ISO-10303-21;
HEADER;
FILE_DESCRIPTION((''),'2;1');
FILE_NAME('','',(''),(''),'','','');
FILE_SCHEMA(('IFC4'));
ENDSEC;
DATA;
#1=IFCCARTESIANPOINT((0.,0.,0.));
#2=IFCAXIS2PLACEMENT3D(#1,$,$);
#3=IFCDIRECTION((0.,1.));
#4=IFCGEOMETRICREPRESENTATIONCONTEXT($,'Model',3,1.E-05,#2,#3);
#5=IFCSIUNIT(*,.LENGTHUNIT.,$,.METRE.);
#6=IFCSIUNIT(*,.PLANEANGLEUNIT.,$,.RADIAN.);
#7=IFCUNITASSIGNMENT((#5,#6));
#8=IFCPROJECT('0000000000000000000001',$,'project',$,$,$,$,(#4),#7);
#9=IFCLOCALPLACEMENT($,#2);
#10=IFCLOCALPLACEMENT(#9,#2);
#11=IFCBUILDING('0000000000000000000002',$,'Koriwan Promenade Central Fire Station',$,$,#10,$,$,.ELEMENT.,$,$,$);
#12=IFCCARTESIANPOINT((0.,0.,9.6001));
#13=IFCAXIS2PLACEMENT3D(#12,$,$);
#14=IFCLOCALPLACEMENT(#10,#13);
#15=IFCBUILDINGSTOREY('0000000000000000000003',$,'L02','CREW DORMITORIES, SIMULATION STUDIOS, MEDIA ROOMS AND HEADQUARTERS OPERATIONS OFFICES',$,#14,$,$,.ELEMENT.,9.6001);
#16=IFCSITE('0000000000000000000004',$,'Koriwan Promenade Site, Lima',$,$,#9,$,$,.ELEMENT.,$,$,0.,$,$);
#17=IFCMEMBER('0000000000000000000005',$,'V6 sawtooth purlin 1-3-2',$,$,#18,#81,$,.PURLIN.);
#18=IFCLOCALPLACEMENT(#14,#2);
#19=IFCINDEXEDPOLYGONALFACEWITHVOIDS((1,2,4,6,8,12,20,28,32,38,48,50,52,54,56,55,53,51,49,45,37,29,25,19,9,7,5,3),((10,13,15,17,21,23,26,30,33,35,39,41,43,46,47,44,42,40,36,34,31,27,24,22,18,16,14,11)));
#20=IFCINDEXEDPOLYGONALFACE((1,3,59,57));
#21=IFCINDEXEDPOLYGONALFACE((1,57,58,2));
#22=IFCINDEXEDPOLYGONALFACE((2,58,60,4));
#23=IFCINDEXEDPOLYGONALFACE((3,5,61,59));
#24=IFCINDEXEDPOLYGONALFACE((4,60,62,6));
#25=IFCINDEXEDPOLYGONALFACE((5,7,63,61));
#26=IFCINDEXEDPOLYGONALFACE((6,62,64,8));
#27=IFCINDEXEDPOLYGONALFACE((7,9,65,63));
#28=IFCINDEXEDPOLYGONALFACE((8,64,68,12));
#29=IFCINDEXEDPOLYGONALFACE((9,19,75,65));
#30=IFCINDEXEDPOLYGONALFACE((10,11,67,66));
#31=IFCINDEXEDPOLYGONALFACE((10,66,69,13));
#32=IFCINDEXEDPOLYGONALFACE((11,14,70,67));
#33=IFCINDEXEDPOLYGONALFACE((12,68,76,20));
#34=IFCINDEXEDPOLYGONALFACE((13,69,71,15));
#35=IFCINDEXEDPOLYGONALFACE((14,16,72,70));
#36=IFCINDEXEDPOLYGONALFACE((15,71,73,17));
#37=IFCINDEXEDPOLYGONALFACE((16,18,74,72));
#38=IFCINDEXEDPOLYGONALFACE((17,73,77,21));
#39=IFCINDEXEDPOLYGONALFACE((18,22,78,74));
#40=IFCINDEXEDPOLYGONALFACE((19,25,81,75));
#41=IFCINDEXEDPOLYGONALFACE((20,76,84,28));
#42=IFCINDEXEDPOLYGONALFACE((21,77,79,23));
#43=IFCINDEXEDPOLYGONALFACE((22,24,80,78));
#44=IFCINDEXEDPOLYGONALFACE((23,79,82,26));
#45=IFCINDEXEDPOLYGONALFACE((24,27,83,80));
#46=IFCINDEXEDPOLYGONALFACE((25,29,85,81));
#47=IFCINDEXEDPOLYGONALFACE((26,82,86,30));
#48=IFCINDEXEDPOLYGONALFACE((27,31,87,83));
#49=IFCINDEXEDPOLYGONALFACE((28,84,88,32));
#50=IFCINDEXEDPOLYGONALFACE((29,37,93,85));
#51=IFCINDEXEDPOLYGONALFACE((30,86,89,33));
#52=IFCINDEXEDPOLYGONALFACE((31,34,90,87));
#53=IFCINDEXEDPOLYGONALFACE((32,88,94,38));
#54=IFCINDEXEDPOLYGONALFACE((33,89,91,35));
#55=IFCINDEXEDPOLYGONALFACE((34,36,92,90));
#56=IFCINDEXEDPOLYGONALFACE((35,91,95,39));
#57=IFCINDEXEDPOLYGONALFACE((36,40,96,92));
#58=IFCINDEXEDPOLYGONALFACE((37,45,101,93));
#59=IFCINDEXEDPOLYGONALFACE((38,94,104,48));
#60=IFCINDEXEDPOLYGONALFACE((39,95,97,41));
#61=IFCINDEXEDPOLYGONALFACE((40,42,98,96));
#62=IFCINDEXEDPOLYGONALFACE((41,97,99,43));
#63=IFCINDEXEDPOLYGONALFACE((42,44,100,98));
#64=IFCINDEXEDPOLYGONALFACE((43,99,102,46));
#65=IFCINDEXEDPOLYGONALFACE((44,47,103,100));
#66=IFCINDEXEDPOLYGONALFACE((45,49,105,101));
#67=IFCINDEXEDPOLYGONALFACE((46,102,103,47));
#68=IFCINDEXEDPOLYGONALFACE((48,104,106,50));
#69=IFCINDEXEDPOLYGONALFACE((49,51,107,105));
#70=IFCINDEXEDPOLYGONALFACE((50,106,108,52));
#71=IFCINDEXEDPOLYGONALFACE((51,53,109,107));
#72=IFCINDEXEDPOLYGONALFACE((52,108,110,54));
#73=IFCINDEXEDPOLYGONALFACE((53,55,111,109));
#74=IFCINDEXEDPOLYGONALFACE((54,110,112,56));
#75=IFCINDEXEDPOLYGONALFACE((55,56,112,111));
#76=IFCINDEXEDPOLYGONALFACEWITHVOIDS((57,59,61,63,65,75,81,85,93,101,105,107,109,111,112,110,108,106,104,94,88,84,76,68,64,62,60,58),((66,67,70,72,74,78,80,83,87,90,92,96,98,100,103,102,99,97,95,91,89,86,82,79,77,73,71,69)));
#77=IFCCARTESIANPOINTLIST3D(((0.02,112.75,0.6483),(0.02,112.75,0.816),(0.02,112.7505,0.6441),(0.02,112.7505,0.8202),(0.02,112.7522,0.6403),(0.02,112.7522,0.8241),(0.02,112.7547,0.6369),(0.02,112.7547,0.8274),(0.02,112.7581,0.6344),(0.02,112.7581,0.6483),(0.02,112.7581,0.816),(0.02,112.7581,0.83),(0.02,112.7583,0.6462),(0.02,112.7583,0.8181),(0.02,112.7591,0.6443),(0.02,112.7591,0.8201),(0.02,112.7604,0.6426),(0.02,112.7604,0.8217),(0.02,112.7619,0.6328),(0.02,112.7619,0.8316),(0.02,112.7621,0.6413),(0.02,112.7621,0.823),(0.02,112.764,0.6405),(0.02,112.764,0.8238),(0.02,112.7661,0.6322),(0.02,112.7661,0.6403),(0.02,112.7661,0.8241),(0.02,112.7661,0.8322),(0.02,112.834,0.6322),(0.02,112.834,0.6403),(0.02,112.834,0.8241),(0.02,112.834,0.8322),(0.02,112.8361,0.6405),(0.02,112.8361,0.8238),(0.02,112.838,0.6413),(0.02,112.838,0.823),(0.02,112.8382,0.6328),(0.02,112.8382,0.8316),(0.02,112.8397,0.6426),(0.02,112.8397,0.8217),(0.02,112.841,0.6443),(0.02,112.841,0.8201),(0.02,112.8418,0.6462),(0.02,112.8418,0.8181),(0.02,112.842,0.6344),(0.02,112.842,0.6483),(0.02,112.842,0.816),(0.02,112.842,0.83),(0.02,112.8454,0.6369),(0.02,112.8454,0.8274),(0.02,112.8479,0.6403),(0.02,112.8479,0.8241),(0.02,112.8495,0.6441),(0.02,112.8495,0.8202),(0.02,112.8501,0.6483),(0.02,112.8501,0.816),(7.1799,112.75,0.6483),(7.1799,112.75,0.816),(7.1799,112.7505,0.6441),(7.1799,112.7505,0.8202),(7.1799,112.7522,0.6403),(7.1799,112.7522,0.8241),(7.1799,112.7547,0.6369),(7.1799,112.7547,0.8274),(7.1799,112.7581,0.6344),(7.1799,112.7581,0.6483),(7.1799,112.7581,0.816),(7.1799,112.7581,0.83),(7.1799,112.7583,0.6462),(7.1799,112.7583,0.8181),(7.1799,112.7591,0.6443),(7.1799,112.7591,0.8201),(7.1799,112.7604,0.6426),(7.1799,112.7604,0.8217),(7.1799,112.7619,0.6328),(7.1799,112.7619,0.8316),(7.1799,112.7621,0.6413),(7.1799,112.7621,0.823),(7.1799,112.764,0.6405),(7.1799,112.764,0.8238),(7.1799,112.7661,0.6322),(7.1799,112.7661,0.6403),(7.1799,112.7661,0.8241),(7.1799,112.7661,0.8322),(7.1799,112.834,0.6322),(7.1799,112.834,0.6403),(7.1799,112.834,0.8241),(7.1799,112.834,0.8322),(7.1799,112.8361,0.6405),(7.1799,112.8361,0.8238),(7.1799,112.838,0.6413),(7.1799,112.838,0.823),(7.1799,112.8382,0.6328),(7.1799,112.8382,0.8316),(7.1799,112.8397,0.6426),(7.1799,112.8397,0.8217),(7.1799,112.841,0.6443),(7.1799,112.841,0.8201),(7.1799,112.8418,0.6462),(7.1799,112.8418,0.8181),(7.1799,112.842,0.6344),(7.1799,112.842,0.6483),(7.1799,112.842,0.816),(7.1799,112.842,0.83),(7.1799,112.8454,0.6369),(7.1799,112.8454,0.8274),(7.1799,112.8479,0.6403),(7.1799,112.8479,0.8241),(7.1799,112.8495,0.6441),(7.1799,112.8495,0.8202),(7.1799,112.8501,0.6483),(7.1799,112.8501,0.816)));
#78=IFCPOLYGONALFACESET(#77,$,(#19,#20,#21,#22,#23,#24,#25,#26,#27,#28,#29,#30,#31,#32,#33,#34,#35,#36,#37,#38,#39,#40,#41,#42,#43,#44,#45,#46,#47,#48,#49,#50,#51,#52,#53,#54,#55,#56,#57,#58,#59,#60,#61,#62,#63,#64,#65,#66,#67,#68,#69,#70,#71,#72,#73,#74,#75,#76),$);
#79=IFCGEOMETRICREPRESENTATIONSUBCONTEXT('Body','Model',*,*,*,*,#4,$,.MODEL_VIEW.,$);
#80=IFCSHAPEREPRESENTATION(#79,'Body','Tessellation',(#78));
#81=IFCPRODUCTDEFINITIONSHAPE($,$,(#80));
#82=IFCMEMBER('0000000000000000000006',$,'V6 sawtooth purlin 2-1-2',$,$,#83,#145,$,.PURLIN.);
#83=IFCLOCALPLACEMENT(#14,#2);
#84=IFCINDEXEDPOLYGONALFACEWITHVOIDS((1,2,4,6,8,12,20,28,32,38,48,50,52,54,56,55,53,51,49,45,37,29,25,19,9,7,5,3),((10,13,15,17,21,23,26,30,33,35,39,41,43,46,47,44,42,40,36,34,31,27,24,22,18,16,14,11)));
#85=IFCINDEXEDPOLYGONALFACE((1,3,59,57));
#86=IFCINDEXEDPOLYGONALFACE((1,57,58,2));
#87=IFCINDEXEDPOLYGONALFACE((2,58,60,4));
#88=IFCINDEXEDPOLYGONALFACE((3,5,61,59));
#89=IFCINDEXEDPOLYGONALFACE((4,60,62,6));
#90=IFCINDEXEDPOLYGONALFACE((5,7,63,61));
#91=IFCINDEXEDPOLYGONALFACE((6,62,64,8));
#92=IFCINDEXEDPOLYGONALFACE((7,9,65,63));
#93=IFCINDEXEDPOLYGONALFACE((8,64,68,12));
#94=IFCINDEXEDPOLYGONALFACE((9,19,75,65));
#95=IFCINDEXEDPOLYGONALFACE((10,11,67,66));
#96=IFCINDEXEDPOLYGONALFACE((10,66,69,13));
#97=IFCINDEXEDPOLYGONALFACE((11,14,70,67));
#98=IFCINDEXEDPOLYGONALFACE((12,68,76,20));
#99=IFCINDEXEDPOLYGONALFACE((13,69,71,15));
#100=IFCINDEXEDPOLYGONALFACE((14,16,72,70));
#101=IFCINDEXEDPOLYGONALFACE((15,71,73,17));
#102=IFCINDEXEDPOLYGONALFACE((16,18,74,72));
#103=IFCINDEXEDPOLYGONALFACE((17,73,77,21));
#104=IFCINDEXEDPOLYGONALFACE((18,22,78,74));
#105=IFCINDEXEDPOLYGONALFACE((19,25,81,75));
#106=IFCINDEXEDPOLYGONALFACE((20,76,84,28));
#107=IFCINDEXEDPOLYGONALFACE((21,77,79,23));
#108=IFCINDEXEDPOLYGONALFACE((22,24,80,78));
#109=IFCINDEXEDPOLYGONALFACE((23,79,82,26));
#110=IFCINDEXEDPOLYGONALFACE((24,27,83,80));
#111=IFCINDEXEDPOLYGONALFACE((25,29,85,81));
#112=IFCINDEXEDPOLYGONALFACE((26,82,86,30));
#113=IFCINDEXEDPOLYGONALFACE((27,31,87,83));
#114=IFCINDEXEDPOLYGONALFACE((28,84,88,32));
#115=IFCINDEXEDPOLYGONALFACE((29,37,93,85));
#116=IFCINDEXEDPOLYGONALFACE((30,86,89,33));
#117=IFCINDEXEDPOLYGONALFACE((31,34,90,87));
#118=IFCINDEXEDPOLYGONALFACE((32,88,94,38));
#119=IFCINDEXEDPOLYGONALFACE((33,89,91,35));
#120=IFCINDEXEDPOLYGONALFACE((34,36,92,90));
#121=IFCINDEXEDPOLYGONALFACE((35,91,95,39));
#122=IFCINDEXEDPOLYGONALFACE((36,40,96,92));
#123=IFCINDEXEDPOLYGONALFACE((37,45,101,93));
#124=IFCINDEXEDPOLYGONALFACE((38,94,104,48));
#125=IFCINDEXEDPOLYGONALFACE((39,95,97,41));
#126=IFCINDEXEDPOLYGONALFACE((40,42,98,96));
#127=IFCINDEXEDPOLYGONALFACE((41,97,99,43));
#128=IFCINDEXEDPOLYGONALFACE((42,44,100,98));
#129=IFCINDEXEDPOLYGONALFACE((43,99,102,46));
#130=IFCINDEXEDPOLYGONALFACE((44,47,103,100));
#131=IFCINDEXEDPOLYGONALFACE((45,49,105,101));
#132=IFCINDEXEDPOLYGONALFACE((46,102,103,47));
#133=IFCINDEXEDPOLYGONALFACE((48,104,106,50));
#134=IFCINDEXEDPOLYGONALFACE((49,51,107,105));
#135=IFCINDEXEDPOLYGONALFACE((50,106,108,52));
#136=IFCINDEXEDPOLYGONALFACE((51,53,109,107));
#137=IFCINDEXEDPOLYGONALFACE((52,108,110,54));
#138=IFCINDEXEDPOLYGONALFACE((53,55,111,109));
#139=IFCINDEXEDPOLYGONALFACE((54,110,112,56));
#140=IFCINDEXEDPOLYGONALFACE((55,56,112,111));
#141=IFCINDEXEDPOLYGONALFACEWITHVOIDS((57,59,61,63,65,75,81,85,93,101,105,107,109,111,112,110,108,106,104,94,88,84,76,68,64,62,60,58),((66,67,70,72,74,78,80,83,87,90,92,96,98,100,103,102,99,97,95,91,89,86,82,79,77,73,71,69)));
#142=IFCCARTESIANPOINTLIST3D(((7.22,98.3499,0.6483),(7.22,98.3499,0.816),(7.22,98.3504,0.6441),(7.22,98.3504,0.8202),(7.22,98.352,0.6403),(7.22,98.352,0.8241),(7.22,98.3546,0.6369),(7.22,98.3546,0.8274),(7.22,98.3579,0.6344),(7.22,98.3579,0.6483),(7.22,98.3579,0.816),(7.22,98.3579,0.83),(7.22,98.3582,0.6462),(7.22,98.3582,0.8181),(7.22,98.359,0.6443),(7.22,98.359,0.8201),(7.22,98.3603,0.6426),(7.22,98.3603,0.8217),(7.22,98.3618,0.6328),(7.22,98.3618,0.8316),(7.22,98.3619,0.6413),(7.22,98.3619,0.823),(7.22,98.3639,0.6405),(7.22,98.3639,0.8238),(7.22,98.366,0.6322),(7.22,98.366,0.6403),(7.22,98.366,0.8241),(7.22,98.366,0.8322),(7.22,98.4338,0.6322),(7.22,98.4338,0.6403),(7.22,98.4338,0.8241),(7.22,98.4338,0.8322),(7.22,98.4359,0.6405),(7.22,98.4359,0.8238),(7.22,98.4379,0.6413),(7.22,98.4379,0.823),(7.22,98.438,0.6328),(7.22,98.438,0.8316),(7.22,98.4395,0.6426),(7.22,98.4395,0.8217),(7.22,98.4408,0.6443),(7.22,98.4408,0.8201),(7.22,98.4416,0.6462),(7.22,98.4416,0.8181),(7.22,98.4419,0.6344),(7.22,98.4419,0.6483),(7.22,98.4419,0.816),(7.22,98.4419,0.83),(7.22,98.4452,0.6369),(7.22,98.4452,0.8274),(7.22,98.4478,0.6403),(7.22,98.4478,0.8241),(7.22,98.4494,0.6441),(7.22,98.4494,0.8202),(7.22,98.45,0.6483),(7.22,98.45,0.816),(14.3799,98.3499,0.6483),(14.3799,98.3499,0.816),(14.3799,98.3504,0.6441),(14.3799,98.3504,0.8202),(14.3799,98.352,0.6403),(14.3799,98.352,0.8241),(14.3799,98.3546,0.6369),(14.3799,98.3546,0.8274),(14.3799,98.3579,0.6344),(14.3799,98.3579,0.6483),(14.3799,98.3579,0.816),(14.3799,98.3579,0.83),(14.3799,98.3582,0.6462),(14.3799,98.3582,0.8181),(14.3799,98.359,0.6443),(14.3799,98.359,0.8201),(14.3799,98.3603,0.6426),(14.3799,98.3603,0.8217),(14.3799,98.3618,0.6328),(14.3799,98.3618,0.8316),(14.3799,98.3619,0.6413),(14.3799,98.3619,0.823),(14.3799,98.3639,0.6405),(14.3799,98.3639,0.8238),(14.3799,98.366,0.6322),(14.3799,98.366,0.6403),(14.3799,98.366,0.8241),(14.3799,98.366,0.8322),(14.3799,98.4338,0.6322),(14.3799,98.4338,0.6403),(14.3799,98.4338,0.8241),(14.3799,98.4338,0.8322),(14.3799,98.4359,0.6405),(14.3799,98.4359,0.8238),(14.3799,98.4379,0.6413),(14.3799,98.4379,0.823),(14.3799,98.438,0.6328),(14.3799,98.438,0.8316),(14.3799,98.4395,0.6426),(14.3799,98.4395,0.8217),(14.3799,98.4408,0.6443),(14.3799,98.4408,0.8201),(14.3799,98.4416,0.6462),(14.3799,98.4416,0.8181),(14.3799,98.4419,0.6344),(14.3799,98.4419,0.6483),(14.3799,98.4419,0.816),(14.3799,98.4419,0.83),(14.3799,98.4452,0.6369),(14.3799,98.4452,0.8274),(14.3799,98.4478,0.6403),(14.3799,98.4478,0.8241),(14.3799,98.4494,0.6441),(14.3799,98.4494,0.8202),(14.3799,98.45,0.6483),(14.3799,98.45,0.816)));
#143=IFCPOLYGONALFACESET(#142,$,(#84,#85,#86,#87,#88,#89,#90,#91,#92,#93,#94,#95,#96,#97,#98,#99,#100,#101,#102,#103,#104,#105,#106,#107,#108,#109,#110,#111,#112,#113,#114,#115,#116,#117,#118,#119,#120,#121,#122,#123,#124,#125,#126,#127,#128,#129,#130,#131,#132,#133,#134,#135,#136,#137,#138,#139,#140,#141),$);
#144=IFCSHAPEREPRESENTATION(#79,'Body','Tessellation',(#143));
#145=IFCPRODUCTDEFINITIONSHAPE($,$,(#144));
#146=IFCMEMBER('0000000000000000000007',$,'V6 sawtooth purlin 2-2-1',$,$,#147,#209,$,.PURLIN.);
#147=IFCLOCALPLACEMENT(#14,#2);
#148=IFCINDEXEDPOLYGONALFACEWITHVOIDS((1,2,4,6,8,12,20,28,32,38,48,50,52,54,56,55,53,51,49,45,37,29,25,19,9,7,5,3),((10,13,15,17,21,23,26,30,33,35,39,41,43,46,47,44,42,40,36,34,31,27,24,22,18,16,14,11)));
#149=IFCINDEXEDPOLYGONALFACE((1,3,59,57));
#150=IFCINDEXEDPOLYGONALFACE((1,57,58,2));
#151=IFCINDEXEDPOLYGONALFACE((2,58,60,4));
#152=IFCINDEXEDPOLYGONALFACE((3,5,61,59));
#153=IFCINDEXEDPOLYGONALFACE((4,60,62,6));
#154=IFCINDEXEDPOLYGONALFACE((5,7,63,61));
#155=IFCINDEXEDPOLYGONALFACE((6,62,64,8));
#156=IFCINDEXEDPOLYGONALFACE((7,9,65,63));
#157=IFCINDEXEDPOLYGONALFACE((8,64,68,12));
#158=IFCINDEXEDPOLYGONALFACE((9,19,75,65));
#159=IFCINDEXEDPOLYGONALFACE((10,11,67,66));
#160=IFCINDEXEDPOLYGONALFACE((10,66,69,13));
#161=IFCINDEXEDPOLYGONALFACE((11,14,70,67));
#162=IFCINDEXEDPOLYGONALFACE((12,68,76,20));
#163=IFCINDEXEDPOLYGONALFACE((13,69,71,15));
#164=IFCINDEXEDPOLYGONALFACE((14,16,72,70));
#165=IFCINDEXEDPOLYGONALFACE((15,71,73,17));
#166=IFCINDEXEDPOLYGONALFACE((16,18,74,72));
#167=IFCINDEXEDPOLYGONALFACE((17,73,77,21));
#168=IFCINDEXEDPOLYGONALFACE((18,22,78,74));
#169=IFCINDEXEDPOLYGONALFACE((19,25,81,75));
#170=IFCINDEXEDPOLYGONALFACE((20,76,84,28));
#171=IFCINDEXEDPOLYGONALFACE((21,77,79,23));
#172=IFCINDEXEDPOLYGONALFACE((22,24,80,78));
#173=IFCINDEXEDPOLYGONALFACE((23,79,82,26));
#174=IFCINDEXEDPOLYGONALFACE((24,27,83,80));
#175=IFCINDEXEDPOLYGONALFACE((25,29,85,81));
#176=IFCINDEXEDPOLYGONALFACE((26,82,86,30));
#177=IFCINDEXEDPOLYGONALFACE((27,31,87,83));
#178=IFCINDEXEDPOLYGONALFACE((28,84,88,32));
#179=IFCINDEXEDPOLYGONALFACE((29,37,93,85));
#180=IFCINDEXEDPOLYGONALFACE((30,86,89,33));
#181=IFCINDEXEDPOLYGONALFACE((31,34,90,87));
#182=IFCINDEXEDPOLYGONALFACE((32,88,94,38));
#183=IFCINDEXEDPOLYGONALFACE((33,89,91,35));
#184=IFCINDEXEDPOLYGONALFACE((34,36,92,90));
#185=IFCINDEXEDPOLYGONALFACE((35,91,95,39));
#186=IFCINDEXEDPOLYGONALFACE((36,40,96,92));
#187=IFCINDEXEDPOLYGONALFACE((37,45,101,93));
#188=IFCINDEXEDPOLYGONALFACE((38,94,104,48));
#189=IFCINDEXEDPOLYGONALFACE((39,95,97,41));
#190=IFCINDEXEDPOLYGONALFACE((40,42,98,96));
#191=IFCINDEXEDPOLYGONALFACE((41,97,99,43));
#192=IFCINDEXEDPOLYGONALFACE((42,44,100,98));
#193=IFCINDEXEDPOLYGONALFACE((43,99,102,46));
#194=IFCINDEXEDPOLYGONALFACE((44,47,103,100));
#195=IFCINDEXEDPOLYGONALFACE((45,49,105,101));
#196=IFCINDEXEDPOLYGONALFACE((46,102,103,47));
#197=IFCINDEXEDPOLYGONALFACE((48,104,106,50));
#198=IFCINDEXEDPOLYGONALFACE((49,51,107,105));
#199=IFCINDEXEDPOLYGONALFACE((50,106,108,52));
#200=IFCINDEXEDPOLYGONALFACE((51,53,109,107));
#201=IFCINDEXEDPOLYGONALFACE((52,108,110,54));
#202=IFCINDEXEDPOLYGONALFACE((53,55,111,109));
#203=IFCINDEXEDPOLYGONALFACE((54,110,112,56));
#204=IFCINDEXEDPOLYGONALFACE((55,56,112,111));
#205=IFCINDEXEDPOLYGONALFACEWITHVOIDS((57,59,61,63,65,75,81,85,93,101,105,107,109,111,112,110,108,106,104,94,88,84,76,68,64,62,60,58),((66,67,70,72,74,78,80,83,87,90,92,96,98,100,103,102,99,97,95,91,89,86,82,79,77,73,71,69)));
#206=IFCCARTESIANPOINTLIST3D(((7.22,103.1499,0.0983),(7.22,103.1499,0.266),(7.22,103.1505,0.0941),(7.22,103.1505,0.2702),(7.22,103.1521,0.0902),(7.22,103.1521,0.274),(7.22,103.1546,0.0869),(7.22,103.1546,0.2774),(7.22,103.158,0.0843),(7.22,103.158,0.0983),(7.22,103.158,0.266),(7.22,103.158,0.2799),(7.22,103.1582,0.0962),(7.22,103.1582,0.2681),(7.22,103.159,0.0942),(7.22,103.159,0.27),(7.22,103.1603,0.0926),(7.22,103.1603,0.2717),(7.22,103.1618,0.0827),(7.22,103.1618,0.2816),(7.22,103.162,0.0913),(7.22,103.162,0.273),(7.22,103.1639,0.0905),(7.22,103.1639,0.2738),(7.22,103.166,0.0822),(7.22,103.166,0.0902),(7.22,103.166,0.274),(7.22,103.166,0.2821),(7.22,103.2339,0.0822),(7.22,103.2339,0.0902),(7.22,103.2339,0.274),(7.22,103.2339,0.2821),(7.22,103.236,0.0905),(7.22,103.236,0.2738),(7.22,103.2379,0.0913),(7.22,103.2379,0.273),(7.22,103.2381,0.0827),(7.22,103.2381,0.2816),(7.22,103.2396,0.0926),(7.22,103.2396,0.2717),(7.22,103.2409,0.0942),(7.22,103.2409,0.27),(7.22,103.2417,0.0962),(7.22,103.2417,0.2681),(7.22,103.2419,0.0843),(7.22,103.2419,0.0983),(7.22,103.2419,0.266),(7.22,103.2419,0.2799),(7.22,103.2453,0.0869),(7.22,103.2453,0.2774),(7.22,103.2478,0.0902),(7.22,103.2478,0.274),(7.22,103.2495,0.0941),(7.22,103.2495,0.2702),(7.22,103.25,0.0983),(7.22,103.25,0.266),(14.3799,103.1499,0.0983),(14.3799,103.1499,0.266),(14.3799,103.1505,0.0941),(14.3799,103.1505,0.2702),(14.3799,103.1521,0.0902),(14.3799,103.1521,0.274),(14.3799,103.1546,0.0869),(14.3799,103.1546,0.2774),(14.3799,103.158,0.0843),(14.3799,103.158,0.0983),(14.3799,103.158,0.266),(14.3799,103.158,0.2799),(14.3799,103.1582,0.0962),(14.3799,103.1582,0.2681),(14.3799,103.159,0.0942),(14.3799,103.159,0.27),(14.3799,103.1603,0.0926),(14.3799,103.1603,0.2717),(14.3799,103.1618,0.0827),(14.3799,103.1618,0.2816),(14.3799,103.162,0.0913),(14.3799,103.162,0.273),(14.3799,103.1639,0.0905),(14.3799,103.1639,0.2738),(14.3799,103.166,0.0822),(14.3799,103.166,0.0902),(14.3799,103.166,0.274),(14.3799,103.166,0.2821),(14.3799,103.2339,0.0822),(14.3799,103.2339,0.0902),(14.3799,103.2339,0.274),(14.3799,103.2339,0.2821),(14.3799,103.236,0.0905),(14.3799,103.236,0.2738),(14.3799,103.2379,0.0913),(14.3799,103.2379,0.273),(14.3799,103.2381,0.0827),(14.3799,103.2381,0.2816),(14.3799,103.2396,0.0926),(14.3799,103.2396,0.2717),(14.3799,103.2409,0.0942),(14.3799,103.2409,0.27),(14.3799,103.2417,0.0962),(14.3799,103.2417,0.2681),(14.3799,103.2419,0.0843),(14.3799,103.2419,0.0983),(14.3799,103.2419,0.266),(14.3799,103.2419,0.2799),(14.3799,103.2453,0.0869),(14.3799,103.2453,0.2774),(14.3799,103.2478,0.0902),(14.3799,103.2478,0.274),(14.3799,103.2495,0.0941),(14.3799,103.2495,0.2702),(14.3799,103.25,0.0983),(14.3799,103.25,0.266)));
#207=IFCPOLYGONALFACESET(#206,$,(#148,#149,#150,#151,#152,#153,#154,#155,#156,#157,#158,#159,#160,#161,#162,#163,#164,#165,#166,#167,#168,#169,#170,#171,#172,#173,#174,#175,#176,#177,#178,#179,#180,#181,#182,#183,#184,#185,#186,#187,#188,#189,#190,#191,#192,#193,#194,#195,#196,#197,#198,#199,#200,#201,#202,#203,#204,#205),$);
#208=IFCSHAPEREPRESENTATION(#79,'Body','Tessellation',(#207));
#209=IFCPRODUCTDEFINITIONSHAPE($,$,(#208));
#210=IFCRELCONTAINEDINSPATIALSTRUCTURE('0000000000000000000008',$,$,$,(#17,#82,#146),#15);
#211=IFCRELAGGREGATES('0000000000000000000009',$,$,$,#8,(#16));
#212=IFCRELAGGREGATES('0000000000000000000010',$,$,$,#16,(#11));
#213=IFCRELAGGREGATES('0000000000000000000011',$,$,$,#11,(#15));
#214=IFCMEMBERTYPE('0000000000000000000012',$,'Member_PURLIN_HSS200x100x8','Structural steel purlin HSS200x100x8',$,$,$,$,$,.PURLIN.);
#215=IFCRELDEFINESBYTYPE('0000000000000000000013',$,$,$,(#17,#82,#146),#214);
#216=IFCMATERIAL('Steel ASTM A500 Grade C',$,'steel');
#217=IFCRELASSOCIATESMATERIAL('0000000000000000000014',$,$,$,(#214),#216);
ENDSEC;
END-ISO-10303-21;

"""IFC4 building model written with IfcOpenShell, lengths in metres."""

from ifc_helpers import new_model, si_unit, direction, frame, origin, origin_2d, place, context, subcontext, project, spatial, hollow_rectangle, extrude, material, material_profile, profile_set, type_object, element, save


model = new_model("IFC4")

# Units and contexts
model_context = context("Model", 3, precision=1e-05, world=origin(), true_north=direction((0.0, 1.0)))
body_context = subcontext(model_context, "Body", "Model", "MODEL_VIEW")
ifc_project = project(units=[si_unit("LENGTHUNIT", "METRE"), si_unit("PLANEANGLEUNIT", "RADIAN")], contexts=[model_context])

# Site, building, storey
site_placement = place(None, origin())
site = spatial("IfcSite", under=ifc_project, at=site_placement, Name="Koriwan Promenade Site, Lima", CompositionType="ELEMENT", RefElevation=0.0)
building_placement = place(site_placement, origin())
building = spatial("IfcBuilding", under=site, at=building_placement, Name="Koriwan Promenade Central Fire Station", CompositionType="ELEMENT")
storey_placement = place(building_placement, frame((0.0, 0.0, 9.6001)))
storey = spatial("IfcBuildingStorey", under=building, at=storey_placement, Name="L02", Description="CREW DORMITORIES, SIMULATION STUDIOS, MEDIA ROOMS AND HEADQUARTERS OPERATIONS OFFICES", CompositionType="ELEMENT", Elevation=9.6001)

# Members
ifc_material_1 = material(Name="Steel ASTM A500 Grade C", Category="steel")
ifc_material_profile_1 = material_profile(ifc_material_1, hollow_rectangle(XDim=0.1001, YDim=0.2, WallThickness=0.0081, InnerFilletRadius=0.0081, OuterFilletRadius=0.0161, at=origin_2d()), Name="HSS200x100x8")
ifc_profile_set_1 = profile_set([ifc_material_profile_1], Name="Steel ASTM A500 Grade C")
member_type_1 = type_object("IfcMemberType", Name="Member_PURLIN_HSS200x100x8", Description="Structural steel purlin HSS200x100x8", PredefinedType="PURLIN", material=ifc_profile_set_1)
for number, where, z_axis, x_axis, name in (
    (1, (0.02, 112.8, 0.7322), (1.0, 0.0, 0.0), (0.0, 1.0, 0.0), "V6 sawtooth purlin 1-3-2"),
    (2, (7.22, 98.3999, 0.7322), (1.0, 0.0, 0.0), (0.0, 1.0, 0.0), "V6 sawtooth purlin 2-1-2"),
    (3, (7.22, 103.2, 0.1821), (1.0, 0.0, 0.0), (0.0, 1.0, 0.0), "V6 sawtooth purlin 2-2-1"),
):
    element("IfcMember", number, at=place(storey_placement, frame(where, z_axis=z_axis, x_axis=x_axis)), inside=storey, type_object=member_type_1, Name=name, PredefinedType="PURLIN", context=body_context, shape_type="SweptSolid", body=[
        extrude(hollow_rectangle(XDim=0.1001, YDim=0.2, WallThickness=0.0081, InnerFilletRadius=0.0081, OuterFilletRadius=0.0161, at=origin_2d()), origin(), (0.0, 0.0, 1.0), 7.1599),
    ])

save(model, "model.ifc")
